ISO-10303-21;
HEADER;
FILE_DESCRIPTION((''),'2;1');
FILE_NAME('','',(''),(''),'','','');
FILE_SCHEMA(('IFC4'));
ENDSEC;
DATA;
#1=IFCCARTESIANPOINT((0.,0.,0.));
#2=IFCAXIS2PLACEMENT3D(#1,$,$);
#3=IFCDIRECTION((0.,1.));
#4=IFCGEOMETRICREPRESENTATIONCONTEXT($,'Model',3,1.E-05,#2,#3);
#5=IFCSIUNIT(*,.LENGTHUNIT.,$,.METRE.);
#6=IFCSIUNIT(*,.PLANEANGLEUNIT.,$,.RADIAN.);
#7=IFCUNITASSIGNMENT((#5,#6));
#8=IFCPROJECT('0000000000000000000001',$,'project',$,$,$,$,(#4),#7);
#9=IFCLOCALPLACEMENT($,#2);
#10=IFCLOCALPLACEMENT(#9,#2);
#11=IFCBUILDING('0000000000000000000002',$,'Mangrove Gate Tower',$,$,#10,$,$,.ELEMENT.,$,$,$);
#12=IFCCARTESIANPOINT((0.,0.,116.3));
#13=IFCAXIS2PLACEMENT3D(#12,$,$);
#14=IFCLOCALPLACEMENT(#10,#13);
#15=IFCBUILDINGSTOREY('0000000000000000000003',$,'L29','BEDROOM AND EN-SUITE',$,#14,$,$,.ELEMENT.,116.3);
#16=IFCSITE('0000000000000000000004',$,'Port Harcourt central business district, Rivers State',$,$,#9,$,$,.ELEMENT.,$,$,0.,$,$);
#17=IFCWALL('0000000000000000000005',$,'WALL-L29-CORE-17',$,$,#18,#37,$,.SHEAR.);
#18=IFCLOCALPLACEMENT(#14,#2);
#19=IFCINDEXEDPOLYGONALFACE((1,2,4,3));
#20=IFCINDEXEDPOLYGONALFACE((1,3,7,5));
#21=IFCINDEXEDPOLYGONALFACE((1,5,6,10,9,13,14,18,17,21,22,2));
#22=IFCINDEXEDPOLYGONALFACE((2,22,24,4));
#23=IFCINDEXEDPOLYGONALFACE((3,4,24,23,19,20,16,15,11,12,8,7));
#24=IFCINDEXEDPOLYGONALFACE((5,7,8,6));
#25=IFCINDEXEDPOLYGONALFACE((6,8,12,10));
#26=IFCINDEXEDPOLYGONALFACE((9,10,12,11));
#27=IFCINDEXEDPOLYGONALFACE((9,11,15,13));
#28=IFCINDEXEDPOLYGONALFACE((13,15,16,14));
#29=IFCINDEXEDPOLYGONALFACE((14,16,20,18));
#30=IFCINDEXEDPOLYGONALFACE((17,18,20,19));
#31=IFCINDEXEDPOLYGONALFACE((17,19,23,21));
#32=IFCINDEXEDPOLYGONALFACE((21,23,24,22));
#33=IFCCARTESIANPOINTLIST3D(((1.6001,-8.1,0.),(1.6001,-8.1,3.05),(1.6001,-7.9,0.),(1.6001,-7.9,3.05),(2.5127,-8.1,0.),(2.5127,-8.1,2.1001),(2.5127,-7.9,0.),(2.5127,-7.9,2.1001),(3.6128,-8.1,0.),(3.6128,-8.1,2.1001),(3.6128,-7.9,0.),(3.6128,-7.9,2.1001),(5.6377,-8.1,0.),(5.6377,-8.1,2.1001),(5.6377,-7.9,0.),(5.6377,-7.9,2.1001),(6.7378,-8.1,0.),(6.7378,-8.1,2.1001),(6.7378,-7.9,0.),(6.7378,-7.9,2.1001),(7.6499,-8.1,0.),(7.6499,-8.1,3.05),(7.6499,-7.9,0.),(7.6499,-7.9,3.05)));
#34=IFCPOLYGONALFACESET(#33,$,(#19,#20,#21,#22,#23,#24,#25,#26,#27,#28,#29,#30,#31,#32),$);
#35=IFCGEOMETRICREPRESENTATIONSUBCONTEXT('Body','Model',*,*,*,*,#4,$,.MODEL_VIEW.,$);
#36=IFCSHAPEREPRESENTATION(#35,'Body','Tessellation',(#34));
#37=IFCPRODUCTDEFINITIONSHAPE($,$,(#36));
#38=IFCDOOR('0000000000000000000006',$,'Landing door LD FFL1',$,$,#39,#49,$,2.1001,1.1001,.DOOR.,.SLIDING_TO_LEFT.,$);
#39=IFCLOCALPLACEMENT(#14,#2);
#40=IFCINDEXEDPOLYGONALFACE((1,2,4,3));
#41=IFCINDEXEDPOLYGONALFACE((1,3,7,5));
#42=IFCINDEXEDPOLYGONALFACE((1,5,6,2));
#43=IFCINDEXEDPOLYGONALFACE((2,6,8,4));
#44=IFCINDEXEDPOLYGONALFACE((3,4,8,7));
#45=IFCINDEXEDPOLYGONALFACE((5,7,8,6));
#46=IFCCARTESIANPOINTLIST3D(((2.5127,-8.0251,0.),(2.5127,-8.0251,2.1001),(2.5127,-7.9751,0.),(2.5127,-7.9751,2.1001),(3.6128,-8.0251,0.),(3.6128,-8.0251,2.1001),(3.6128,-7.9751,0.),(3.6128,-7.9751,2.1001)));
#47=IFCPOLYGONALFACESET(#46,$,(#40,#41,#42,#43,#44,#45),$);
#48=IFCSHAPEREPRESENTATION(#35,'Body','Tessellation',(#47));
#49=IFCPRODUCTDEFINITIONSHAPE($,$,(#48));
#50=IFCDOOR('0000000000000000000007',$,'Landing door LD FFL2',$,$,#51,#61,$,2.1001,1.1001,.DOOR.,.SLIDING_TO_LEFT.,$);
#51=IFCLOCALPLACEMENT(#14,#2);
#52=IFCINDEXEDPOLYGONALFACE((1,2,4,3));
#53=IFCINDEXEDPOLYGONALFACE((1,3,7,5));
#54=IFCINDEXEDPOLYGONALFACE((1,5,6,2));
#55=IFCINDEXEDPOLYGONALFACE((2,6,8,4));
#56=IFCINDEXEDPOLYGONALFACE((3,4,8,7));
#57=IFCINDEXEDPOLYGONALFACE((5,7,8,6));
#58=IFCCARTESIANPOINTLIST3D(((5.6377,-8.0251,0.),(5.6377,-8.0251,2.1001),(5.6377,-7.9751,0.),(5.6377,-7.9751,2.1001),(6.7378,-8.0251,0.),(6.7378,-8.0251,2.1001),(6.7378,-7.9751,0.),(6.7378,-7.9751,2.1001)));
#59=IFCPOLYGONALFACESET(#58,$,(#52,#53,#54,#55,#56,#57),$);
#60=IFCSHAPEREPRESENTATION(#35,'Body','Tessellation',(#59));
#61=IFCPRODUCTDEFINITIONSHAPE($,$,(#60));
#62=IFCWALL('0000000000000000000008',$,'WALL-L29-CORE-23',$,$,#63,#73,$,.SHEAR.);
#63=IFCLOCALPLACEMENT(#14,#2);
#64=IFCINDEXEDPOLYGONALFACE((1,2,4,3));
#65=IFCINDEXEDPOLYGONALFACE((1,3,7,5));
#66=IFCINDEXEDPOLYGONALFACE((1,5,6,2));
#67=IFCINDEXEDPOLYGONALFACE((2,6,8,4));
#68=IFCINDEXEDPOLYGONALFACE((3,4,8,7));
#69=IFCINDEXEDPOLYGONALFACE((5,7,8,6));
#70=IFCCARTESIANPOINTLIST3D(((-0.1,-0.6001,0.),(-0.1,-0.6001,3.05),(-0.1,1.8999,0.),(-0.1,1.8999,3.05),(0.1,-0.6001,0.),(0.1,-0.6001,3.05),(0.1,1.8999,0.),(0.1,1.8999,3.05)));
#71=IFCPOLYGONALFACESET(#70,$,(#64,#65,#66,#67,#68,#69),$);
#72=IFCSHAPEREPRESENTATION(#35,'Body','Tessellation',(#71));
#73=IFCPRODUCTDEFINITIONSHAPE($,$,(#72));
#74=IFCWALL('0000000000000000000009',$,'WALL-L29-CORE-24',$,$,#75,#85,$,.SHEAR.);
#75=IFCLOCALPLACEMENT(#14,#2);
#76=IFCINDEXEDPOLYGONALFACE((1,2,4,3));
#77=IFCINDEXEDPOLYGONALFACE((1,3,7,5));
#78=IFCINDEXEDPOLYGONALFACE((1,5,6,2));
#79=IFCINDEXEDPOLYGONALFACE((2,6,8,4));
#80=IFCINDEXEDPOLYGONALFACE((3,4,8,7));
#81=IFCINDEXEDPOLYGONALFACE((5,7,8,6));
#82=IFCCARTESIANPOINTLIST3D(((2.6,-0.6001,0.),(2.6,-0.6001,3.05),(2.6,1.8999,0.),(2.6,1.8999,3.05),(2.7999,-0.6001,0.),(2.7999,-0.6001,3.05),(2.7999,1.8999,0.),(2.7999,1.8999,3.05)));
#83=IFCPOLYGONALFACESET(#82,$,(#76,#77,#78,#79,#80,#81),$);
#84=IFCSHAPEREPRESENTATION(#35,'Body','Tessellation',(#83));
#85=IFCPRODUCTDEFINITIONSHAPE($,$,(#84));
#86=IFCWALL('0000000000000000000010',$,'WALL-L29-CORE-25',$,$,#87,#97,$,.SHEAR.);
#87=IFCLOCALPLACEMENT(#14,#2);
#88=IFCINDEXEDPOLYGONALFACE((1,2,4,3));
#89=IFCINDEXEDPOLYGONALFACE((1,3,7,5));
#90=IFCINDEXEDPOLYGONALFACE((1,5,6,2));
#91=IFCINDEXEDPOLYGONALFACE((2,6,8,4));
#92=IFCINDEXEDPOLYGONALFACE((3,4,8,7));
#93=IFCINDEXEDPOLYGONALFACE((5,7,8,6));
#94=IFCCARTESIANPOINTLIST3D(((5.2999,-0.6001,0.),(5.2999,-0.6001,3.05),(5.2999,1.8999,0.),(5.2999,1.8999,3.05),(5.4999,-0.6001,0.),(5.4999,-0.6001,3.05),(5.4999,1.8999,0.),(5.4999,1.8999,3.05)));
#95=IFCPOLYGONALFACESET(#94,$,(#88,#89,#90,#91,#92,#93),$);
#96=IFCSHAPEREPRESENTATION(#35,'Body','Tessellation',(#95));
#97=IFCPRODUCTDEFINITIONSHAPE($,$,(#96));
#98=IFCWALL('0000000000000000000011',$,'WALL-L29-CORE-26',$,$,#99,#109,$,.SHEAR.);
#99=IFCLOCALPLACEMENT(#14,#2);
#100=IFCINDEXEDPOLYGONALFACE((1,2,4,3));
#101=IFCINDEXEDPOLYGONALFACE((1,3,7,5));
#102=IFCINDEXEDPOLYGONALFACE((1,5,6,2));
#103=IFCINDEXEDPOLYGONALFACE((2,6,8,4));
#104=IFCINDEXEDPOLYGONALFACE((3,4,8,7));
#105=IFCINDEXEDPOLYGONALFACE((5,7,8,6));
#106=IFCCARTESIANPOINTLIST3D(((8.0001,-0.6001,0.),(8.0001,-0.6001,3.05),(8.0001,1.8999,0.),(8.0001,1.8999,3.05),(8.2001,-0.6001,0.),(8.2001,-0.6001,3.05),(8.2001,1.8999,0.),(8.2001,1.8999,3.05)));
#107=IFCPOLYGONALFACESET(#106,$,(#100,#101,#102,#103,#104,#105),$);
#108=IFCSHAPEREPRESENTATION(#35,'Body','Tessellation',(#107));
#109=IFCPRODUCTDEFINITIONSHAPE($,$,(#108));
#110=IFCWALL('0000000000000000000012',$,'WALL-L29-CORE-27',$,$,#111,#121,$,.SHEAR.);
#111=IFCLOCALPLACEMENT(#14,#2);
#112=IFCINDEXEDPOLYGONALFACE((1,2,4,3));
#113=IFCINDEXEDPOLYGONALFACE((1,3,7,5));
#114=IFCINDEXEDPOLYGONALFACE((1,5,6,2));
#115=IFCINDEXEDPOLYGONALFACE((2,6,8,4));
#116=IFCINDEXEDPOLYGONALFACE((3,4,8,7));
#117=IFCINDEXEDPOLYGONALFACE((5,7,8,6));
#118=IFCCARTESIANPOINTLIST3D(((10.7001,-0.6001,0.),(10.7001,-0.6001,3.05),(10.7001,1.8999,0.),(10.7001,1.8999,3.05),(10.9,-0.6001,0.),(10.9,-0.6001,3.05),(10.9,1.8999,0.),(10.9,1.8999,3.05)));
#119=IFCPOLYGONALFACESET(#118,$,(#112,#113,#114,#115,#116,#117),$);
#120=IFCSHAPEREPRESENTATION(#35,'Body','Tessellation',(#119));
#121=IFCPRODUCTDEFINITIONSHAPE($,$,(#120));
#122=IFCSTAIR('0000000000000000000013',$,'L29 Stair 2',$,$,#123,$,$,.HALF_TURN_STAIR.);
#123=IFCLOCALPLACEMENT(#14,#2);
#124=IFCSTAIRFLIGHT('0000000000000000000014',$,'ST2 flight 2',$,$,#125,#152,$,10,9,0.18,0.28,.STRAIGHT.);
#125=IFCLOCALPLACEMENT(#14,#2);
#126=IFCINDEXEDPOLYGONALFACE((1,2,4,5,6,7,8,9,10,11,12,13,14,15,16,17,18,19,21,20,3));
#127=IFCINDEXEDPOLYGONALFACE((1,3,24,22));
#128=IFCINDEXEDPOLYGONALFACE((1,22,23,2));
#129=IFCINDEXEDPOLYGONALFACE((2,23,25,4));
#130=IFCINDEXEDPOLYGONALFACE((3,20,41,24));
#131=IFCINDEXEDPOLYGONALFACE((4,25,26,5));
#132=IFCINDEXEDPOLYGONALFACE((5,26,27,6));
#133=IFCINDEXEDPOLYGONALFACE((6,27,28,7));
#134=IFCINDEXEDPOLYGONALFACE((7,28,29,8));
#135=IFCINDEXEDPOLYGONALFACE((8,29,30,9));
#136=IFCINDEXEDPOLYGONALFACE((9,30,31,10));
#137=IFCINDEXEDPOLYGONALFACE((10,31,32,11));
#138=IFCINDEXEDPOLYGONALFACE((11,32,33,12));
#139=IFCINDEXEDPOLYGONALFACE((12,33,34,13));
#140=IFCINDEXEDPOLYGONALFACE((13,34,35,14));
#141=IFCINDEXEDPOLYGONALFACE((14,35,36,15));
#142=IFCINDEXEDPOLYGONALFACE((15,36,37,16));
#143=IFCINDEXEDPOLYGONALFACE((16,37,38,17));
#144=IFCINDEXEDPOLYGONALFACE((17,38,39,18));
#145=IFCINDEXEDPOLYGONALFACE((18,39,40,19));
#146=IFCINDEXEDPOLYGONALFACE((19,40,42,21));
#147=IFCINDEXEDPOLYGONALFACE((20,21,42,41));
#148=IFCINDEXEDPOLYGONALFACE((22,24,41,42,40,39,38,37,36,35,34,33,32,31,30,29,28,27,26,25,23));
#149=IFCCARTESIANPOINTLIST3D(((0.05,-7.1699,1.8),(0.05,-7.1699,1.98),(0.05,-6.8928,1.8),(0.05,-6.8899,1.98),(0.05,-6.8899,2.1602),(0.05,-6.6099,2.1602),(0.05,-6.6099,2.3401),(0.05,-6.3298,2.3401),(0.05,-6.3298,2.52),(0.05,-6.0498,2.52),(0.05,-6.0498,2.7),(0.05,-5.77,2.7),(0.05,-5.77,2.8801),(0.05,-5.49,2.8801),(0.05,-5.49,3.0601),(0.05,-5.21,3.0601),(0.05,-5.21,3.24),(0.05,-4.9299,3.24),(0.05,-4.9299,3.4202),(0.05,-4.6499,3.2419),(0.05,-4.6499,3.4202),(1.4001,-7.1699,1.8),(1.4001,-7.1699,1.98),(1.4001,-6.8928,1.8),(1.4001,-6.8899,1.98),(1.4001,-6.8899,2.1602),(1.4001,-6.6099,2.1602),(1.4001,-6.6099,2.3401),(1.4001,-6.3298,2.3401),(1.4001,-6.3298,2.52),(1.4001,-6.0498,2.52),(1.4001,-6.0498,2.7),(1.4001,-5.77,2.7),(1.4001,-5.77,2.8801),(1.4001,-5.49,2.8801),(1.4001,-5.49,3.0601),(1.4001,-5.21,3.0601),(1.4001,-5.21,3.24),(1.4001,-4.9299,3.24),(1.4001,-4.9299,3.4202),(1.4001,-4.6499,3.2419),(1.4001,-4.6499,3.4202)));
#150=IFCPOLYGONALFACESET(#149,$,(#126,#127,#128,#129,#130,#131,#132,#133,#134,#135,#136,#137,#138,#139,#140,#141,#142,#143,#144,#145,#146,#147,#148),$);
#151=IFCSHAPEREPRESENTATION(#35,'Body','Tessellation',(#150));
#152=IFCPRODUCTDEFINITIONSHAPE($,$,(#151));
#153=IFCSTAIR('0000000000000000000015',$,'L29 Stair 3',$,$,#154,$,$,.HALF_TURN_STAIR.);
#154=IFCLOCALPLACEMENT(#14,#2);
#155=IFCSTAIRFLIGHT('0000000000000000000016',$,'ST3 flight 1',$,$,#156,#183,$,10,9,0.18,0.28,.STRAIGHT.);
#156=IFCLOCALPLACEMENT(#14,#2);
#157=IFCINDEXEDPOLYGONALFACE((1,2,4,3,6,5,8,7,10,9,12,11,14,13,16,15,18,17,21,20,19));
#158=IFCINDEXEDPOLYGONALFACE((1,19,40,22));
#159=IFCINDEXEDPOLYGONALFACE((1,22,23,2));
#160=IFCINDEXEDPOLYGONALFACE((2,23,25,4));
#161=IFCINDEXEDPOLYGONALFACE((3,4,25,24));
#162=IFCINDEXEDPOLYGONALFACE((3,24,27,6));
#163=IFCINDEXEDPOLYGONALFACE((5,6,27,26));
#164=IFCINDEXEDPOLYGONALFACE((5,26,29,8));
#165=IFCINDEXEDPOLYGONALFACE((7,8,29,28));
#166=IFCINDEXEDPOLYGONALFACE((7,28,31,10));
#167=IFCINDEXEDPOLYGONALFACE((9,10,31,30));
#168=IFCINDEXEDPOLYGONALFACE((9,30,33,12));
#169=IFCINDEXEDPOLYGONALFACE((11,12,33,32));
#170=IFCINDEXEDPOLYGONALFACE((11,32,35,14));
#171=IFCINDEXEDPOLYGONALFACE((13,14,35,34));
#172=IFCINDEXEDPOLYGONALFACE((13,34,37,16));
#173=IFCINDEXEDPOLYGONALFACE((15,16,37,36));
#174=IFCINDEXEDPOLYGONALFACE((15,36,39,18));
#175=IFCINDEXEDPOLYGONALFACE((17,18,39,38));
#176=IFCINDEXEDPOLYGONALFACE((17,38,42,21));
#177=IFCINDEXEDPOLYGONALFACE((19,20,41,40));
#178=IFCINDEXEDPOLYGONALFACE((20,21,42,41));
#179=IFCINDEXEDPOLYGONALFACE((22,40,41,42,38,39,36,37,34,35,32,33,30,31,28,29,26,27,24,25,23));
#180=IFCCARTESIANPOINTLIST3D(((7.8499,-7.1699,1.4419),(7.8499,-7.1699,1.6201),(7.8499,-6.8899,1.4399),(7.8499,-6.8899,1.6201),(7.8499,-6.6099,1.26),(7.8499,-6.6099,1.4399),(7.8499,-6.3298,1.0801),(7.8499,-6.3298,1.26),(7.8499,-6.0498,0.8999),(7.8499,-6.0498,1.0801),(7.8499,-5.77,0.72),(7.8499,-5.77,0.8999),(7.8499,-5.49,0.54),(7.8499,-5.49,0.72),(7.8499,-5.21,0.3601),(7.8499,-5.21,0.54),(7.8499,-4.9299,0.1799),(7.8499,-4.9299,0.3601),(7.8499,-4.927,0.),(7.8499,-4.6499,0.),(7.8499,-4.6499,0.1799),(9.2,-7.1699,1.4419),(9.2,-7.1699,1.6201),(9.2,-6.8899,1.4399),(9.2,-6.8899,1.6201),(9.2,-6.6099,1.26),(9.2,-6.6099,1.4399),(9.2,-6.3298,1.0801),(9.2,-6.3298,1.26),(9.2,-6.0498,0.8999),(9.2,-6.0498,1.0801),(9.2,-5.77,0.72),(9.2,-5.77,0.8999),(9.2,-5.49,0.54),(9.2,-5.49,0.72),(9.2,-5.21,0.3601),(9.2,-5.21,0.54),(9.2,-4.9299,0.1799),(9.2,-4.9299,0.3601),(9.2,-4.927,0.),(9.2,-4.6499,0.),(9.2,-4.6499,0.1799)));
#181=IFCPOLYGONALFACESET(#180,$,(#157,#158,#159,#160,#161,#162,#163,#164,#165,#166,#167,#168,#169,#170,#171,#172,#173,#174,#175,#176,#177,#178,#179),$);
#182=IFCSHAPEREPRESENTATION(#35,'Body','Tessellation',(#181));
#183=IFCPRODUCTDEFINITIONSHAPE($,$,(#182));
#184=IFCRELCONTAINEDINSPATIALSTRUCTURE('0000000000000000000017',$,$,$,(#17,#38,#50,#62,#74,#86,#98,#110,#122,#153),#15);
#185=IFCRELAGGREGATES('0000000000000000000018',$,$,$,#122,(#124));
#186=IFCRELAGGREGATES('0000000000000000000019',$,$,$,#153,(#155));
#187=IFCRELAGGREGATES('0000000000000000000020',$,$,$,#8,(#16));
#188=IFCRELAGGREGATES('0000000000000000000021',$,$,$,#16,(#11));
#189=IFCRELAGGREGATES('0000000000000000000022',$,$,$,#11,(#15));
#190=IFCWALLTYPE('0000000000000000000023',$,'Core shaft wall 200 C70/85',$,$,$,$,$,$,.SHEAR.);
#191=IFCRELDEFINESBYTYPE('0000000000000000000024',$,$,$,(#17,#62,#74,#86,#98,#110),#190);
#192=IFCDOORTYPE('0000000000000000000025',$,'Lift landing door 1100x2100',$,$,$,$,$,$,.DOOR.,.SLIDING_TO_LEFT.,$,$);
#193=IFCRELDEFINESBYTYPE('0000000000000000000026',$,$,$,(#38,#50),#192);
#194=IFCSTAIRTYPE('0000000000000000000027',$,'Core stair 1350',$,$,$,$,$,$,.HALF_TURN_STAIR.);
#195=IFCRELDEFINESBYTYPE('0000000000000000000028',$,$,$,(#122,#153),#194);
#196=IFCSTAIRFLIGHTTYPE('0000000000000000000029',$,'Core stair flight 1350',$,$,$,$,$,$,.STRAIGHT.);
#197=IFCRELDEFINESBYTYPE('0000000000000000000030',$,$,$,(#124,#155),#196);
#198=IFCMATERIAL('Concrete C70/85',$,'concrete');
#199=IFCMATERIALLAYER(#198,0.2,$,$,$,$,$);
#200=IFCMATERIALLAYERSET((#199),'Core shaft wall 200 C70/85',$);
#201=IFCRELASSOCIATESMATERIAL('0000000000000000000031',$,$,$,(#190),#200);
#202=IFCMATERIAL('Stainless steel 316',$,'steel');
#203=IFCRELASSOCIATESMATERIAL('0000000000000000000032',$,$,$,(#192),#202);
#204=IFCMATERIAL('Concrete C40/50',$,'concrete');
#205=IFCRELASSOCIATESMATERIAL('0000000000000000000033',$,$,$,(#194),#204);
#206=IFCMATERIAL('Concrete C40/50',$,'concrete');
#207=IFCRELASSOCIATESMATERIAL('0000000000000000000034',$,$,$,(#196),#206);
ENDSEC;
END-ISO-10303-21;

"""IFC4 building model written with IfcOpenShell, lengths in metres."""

from ifc_helpers import new_model, si_unit, direction, frame, frame_2d, origin, place, context, subcontext, project, spatial, polyline, rectangle, outline, extrude, material, layer, layer_set, type_object, element, fill, aggregate, save


model = new_model("IFC4")

# Units and contexts
model_context = context("Model", 3, precision=1e-05, world=origin(), true_north=direction((0.0, 1.0)))
body_context = subcontext(model_context, "Body", "Model", "MODEL_VIEW")
ifc_project = project(units=[si_unit("LENGTHUNIT", "METRE"), si_unit("PLANEANGLEUNIT", "RADIAN")], contexts=[model_context])

# Site, building, storey
site_placement = place(None, origin())
site = spatial("IfcSite", under=ifc_project, at=site_placement, Name="Port Harcourt central business district, Rivers State", CompositionType="ELEMENT", RefElevation=0.0)
building_placement = place(site_placement, origin())
building = spatial("IfcBuilding", under=site, at=building_placement, Name="Mangrove Gate Tower", CompositionType="ELEMENT")
storey_placement = place(building_placement, frame((0.0, 0.0, 116.3)))
storey = spatial("IfcBuildingStorey", under=building, at=storey_placement, Name="L29", Description="BEDROOM AND EN-SUITE", CompositionType="ELEMENT", Elevation=116.3)

# Wall, openings, doors
ifc_material_1 = material(Name="Concrete C70/85", Category="concrete")
ifc_layer = layer(ifc_material_1, 0.2)
ifc_layer_set = layer_set([ifc_layer], Name="Core shaft wall 200 C70/85")
wall_type = type_object("IfcWallType", Name="Core shaft wall 200 C70/85", PredefinedType="SHEAR", material=ifc_layer_set)
wall_placement = place(storey_placement, frame((1.6001, -8.0, 0.0), z_axis=(0.0, 0.0, 1.0), x_axis=(1.0, 0.0, 0.0)))
wall = element("IfcWall", 1, at=wall_placement, inside=storey, type_object=wall_type, Name="WALL-L29-CORE-17", PredefinedType="SHEAR", context=body_context, shape_type="SweptSolid", body=[
    extrude(rectangle(XDim=6.0498, YDim=0.2, at=frame_2d((3.0249, 0.0))), origin(), (0.0, 0.0, 1.0), 3.05),
])
opening_1_placement = place(wall_placement, frame((0.9126, 0.0, 0.0)))
opening_1 = element("IfcOpeningElement", 2, at=opening_1_placement, cuts=wall, PredefinedType="OPENING", context=body_context, shape_type="SweptSolid", body=[
    extrude(rectangle(XDim=1.1001, YDim=2.1001, at=frame_2d((0.55, 1.05))), frame((0.0, 0.1099, 0.0), z_axis=(0.0, -1.0, 0.0), x_axis=(1.0, 0.0, 0.0)), (0.0, 0.0, 1.0), 0.22),
])
opening_2_placement = place(wall_placement, frame((4.0376, 0.0, 0.0)))
opening_2 = element("IfcOpeningElement", 3, at=opening_2_placement, cuts=wall, PredefinedType="OPENING", context=body_context, shape_type="SweptSolid", body=[
    extrude(rectangle(XDim=1.1001, YDim=2.1001, at=frame_2d((0.55, 1.05))), frame((0.0, 0.1099, 0.0), z_axis=(0.0, -1.0, 0.0), x_axis=(1.0, 0.0, 0.0)), (0.0, 0.0, 1.0), 0.22),
])
ifc_material_2 = material(Name="Stainless steel 316", Category="steel")
door_type = type_object("IfcDoorType", Name="Lift landing door 1100x2100", OperationType="SLIDING_TO_LEFT", PredefinedType="DOOR", material=ifc_material_2)
door_1_placement = place(opening_1_placement, origin())
door_1 = element("IfcDoor", 4, at=door_1_placement, inside=storey, type_object=door_type, Name="Landing door LD FFL1", OperationType="SLIDING_TO_LEFT", OverallHeight=2.1001, OverallWidth=1.1001, PredefinedType="DOOR", context=body_context, shape_type="SweptSolid", body=[
    extrude(rectangle(XDim=1.1001, YDim=2.1001, at=frame_2d((0.55, 1.05))), frame((0.0, 0.0249, 0.0), z_axis=(0.0, -1.0, 0.0), x_axis=(1.0, 0.0, 0.0)), (0.0, 0.0, 1.0), 0.05),
])
fill(opening_1, door_1)
door_2_placement = place(opening_2_placement, origin())
door_2 = element("IfcDoor", 5, at=door_2_placement, inside=storey, type_object=door_type, Name="Landing door LD FFL2", OperationType="SLIDING_TO_LEFT", OverallHeight=2.1001, OverallWidth=1.1001, PredefinedType="DOOR", context=body_context, shape_type="SweptSolid", body=[
    extrude(rectangle(XDim=1.1001, YDim=2.1001, at=frame_2d((0.55, 1.05))), frame((0.0, 0.0249, 0.0), z_axis=(0.0, -1.0, 0.0), x_axis=(1.0, 0.0, 0.0)), (0.0, 0.0, 1.0), 0.05),
])
fill(opening_2, door_2)

# Walls
for number, where, z_axis, x_axis, name in (
    (6, (0.0, -0.6001, 0.0), (0.0, 0.0, 1.0), (0.0, 1.0, 0.0), "WALL-L29-CORE-23"),
    (7, (2.7, -0.6001, 0.0), (0.0, 0.0, 1.0), (0.0, 1.0, 0.0), "WALL-L29-CORE-24"),
    (8, (5.3999, -0.6001, 0.0), (0.0, 0.0, 1.0), (0.0, 1.0, 0.0), "WALL-L29-CORE-25"),
    (9, (8.1001, -0.6001, 0.0), (0.0, 0.0, 1.0), (0.0, 1.0, 0.0), "WALL-L29-CORE-26"),
    (10, (10.8, -0.6001, 0.0), (0.0, 0.0, 1.0), (0.0, 1.0, 0.0), "WALL-L29-CORE-27"),
):
    element("IfcWall", number, at=place(storey_placement, frame(where, z_axis=z_axis, x_axis=x_axis)), inside=storey, type_object=wall_type, Name=name, PredefinedType="SHEAR", context=body_context, shape_type="SweptSolid", body=[
        extrude(rectangle(XDim=2.5, YDim=0.2, at=frame_2d((1.25, 0.0))), origin(), (0.0, 0.0, 1.0), 3.05),
    ])

# Stair, stair flight
ifc_material_3 = material(Name="Concrete C40/50", Category="concrete")
stair_type = type_object("IfcStairType", Name="Core stair 1350", PredefinedType="HALF_TURN_STAIR", material=ifc_material_3)
stair_1_placement = place(storey_placement, origin())
stair_1 = element("IfcStair", 11, at=stair_1_placement, inside=storey, type_object=stair_type, Name="L29 Stair 2", PredefinedType="HALF_TURN_STAIR")
ifc_material_4 = material(Name="Concrete C40/50", Category="concrete")
stair_flight_type = type_object("IfcStairFlightType", Name="Core stair flight 1350", PredefinedType="STRAIGHT", material=ifc_material_4)
stair_flight_1_placement = place(storey_placement, frame((0.7251, -7.1699, 1.8), z_axis=(0.0, 0.0, 1.0), x_axis=(0.0, 1.0, 0.0)))
stair_flight_1 = element("IfcStairFlight", 12, at=stair_flight_1_placement, type_object=stair_flight_type, Name="ST2 flight 2", NumberOfRisers=10, NumberOfTreads=9, PredefinedType="STRAIGHT", RiserHeight=0.18, TreadLength=0.28, context=body_context, shape_type="SweptSolid", body=[
    extrude(outline(polyline([(0.0, 0.0), (0.0, 0.1799), (0.28, 0.1799), (0.28, 0.3601), (0.5601, 0.3601), (0.5601, 0.54), (0.8401, 0.54), (0.8401, 0.72), (1.1201, 0.72), (1.1201, 0.8999), (1.3999, 0.8999), (1.3999, 1.0801), (1.6799, 1.0801), (1.6799, 1.26), (1.96, 1.26), (1.96, 1.4399), (2.24, 1.4399), (2.24, 1.6201), (2.52, 1.6201), (2.52, 1.8), (2.52, 1.4419), (0.2771, 0.0), (0.0, 0.0)])), frame((0.0, 0.675, 0.0), z_axis=(0.0, -1.0, 0.0), x_axis=(1.0, 0.0, 0.0)), (0.0, 0.0, 1.0), 1.3501),
])
aggregate(stair_1, [stair_flight_1])

# Stair, stair flight
stair_2_placement = place(storey_placement, origin())
stair_2 = element("IfcStair", 13, at=stair_2_placement, inside=storey, type_object=stair_type, Name="L29 Stair 3", PredefinedType="HALF_TURN_STAIR")
stair_flight_2_placement = place(storey_placement, frame((8.5249, -4.6499, 0.0), z_axis=(0.0, 0.0, 1.0), x_axis=(0.0, -1.0, 0.0)))
stair_flight_2 = element("IfcStairFlight", 14, at=stair_flight_2_placement, type_object=stair_flight_type, Name="ST3 flight 1", NumberOfRisers=10, NumberOfTreads=9, PredefinedType="STRAIGHT", RiserHeight=0.18, TreadLength=0.28, context=body_context, shape_type="SweptSolid", body=[
    extrude(outline(polyline([(0.0, 0.0), (0.0, 0.1799), (0.28, 0.1799), (0.28, 0.3601), (0.5601, 0.3601), (0.5601, 0.54), (0.8401, 0.54), (0.8401, 0.72), (1.1201, 0.72), (1.1201, 0.8999), (1.3999, 0.8999), (1.3999, 1.0801), (1.6799, 1.0801), (1.6799, 1.26), (1.96, 1.26), (1.96, 1.4399), (2.24, 1.4399), (2.24, 1.6201), (2.52, 1.6201), (2.52, 1.8), (2.52, 1.4419), (0.2771, 0.0), (0.0, 0.0)])), frame((0.0, 0.675, 0.0), z_axis=(0.0, -1.0, 0.0), x_axis=(1.0, 0.0, 0.0)), (0.0, 0.0, 1.0), 1.3501),
])
aggregate(stair_2, [stair_flight_2])

save(model, "model.ifc")
